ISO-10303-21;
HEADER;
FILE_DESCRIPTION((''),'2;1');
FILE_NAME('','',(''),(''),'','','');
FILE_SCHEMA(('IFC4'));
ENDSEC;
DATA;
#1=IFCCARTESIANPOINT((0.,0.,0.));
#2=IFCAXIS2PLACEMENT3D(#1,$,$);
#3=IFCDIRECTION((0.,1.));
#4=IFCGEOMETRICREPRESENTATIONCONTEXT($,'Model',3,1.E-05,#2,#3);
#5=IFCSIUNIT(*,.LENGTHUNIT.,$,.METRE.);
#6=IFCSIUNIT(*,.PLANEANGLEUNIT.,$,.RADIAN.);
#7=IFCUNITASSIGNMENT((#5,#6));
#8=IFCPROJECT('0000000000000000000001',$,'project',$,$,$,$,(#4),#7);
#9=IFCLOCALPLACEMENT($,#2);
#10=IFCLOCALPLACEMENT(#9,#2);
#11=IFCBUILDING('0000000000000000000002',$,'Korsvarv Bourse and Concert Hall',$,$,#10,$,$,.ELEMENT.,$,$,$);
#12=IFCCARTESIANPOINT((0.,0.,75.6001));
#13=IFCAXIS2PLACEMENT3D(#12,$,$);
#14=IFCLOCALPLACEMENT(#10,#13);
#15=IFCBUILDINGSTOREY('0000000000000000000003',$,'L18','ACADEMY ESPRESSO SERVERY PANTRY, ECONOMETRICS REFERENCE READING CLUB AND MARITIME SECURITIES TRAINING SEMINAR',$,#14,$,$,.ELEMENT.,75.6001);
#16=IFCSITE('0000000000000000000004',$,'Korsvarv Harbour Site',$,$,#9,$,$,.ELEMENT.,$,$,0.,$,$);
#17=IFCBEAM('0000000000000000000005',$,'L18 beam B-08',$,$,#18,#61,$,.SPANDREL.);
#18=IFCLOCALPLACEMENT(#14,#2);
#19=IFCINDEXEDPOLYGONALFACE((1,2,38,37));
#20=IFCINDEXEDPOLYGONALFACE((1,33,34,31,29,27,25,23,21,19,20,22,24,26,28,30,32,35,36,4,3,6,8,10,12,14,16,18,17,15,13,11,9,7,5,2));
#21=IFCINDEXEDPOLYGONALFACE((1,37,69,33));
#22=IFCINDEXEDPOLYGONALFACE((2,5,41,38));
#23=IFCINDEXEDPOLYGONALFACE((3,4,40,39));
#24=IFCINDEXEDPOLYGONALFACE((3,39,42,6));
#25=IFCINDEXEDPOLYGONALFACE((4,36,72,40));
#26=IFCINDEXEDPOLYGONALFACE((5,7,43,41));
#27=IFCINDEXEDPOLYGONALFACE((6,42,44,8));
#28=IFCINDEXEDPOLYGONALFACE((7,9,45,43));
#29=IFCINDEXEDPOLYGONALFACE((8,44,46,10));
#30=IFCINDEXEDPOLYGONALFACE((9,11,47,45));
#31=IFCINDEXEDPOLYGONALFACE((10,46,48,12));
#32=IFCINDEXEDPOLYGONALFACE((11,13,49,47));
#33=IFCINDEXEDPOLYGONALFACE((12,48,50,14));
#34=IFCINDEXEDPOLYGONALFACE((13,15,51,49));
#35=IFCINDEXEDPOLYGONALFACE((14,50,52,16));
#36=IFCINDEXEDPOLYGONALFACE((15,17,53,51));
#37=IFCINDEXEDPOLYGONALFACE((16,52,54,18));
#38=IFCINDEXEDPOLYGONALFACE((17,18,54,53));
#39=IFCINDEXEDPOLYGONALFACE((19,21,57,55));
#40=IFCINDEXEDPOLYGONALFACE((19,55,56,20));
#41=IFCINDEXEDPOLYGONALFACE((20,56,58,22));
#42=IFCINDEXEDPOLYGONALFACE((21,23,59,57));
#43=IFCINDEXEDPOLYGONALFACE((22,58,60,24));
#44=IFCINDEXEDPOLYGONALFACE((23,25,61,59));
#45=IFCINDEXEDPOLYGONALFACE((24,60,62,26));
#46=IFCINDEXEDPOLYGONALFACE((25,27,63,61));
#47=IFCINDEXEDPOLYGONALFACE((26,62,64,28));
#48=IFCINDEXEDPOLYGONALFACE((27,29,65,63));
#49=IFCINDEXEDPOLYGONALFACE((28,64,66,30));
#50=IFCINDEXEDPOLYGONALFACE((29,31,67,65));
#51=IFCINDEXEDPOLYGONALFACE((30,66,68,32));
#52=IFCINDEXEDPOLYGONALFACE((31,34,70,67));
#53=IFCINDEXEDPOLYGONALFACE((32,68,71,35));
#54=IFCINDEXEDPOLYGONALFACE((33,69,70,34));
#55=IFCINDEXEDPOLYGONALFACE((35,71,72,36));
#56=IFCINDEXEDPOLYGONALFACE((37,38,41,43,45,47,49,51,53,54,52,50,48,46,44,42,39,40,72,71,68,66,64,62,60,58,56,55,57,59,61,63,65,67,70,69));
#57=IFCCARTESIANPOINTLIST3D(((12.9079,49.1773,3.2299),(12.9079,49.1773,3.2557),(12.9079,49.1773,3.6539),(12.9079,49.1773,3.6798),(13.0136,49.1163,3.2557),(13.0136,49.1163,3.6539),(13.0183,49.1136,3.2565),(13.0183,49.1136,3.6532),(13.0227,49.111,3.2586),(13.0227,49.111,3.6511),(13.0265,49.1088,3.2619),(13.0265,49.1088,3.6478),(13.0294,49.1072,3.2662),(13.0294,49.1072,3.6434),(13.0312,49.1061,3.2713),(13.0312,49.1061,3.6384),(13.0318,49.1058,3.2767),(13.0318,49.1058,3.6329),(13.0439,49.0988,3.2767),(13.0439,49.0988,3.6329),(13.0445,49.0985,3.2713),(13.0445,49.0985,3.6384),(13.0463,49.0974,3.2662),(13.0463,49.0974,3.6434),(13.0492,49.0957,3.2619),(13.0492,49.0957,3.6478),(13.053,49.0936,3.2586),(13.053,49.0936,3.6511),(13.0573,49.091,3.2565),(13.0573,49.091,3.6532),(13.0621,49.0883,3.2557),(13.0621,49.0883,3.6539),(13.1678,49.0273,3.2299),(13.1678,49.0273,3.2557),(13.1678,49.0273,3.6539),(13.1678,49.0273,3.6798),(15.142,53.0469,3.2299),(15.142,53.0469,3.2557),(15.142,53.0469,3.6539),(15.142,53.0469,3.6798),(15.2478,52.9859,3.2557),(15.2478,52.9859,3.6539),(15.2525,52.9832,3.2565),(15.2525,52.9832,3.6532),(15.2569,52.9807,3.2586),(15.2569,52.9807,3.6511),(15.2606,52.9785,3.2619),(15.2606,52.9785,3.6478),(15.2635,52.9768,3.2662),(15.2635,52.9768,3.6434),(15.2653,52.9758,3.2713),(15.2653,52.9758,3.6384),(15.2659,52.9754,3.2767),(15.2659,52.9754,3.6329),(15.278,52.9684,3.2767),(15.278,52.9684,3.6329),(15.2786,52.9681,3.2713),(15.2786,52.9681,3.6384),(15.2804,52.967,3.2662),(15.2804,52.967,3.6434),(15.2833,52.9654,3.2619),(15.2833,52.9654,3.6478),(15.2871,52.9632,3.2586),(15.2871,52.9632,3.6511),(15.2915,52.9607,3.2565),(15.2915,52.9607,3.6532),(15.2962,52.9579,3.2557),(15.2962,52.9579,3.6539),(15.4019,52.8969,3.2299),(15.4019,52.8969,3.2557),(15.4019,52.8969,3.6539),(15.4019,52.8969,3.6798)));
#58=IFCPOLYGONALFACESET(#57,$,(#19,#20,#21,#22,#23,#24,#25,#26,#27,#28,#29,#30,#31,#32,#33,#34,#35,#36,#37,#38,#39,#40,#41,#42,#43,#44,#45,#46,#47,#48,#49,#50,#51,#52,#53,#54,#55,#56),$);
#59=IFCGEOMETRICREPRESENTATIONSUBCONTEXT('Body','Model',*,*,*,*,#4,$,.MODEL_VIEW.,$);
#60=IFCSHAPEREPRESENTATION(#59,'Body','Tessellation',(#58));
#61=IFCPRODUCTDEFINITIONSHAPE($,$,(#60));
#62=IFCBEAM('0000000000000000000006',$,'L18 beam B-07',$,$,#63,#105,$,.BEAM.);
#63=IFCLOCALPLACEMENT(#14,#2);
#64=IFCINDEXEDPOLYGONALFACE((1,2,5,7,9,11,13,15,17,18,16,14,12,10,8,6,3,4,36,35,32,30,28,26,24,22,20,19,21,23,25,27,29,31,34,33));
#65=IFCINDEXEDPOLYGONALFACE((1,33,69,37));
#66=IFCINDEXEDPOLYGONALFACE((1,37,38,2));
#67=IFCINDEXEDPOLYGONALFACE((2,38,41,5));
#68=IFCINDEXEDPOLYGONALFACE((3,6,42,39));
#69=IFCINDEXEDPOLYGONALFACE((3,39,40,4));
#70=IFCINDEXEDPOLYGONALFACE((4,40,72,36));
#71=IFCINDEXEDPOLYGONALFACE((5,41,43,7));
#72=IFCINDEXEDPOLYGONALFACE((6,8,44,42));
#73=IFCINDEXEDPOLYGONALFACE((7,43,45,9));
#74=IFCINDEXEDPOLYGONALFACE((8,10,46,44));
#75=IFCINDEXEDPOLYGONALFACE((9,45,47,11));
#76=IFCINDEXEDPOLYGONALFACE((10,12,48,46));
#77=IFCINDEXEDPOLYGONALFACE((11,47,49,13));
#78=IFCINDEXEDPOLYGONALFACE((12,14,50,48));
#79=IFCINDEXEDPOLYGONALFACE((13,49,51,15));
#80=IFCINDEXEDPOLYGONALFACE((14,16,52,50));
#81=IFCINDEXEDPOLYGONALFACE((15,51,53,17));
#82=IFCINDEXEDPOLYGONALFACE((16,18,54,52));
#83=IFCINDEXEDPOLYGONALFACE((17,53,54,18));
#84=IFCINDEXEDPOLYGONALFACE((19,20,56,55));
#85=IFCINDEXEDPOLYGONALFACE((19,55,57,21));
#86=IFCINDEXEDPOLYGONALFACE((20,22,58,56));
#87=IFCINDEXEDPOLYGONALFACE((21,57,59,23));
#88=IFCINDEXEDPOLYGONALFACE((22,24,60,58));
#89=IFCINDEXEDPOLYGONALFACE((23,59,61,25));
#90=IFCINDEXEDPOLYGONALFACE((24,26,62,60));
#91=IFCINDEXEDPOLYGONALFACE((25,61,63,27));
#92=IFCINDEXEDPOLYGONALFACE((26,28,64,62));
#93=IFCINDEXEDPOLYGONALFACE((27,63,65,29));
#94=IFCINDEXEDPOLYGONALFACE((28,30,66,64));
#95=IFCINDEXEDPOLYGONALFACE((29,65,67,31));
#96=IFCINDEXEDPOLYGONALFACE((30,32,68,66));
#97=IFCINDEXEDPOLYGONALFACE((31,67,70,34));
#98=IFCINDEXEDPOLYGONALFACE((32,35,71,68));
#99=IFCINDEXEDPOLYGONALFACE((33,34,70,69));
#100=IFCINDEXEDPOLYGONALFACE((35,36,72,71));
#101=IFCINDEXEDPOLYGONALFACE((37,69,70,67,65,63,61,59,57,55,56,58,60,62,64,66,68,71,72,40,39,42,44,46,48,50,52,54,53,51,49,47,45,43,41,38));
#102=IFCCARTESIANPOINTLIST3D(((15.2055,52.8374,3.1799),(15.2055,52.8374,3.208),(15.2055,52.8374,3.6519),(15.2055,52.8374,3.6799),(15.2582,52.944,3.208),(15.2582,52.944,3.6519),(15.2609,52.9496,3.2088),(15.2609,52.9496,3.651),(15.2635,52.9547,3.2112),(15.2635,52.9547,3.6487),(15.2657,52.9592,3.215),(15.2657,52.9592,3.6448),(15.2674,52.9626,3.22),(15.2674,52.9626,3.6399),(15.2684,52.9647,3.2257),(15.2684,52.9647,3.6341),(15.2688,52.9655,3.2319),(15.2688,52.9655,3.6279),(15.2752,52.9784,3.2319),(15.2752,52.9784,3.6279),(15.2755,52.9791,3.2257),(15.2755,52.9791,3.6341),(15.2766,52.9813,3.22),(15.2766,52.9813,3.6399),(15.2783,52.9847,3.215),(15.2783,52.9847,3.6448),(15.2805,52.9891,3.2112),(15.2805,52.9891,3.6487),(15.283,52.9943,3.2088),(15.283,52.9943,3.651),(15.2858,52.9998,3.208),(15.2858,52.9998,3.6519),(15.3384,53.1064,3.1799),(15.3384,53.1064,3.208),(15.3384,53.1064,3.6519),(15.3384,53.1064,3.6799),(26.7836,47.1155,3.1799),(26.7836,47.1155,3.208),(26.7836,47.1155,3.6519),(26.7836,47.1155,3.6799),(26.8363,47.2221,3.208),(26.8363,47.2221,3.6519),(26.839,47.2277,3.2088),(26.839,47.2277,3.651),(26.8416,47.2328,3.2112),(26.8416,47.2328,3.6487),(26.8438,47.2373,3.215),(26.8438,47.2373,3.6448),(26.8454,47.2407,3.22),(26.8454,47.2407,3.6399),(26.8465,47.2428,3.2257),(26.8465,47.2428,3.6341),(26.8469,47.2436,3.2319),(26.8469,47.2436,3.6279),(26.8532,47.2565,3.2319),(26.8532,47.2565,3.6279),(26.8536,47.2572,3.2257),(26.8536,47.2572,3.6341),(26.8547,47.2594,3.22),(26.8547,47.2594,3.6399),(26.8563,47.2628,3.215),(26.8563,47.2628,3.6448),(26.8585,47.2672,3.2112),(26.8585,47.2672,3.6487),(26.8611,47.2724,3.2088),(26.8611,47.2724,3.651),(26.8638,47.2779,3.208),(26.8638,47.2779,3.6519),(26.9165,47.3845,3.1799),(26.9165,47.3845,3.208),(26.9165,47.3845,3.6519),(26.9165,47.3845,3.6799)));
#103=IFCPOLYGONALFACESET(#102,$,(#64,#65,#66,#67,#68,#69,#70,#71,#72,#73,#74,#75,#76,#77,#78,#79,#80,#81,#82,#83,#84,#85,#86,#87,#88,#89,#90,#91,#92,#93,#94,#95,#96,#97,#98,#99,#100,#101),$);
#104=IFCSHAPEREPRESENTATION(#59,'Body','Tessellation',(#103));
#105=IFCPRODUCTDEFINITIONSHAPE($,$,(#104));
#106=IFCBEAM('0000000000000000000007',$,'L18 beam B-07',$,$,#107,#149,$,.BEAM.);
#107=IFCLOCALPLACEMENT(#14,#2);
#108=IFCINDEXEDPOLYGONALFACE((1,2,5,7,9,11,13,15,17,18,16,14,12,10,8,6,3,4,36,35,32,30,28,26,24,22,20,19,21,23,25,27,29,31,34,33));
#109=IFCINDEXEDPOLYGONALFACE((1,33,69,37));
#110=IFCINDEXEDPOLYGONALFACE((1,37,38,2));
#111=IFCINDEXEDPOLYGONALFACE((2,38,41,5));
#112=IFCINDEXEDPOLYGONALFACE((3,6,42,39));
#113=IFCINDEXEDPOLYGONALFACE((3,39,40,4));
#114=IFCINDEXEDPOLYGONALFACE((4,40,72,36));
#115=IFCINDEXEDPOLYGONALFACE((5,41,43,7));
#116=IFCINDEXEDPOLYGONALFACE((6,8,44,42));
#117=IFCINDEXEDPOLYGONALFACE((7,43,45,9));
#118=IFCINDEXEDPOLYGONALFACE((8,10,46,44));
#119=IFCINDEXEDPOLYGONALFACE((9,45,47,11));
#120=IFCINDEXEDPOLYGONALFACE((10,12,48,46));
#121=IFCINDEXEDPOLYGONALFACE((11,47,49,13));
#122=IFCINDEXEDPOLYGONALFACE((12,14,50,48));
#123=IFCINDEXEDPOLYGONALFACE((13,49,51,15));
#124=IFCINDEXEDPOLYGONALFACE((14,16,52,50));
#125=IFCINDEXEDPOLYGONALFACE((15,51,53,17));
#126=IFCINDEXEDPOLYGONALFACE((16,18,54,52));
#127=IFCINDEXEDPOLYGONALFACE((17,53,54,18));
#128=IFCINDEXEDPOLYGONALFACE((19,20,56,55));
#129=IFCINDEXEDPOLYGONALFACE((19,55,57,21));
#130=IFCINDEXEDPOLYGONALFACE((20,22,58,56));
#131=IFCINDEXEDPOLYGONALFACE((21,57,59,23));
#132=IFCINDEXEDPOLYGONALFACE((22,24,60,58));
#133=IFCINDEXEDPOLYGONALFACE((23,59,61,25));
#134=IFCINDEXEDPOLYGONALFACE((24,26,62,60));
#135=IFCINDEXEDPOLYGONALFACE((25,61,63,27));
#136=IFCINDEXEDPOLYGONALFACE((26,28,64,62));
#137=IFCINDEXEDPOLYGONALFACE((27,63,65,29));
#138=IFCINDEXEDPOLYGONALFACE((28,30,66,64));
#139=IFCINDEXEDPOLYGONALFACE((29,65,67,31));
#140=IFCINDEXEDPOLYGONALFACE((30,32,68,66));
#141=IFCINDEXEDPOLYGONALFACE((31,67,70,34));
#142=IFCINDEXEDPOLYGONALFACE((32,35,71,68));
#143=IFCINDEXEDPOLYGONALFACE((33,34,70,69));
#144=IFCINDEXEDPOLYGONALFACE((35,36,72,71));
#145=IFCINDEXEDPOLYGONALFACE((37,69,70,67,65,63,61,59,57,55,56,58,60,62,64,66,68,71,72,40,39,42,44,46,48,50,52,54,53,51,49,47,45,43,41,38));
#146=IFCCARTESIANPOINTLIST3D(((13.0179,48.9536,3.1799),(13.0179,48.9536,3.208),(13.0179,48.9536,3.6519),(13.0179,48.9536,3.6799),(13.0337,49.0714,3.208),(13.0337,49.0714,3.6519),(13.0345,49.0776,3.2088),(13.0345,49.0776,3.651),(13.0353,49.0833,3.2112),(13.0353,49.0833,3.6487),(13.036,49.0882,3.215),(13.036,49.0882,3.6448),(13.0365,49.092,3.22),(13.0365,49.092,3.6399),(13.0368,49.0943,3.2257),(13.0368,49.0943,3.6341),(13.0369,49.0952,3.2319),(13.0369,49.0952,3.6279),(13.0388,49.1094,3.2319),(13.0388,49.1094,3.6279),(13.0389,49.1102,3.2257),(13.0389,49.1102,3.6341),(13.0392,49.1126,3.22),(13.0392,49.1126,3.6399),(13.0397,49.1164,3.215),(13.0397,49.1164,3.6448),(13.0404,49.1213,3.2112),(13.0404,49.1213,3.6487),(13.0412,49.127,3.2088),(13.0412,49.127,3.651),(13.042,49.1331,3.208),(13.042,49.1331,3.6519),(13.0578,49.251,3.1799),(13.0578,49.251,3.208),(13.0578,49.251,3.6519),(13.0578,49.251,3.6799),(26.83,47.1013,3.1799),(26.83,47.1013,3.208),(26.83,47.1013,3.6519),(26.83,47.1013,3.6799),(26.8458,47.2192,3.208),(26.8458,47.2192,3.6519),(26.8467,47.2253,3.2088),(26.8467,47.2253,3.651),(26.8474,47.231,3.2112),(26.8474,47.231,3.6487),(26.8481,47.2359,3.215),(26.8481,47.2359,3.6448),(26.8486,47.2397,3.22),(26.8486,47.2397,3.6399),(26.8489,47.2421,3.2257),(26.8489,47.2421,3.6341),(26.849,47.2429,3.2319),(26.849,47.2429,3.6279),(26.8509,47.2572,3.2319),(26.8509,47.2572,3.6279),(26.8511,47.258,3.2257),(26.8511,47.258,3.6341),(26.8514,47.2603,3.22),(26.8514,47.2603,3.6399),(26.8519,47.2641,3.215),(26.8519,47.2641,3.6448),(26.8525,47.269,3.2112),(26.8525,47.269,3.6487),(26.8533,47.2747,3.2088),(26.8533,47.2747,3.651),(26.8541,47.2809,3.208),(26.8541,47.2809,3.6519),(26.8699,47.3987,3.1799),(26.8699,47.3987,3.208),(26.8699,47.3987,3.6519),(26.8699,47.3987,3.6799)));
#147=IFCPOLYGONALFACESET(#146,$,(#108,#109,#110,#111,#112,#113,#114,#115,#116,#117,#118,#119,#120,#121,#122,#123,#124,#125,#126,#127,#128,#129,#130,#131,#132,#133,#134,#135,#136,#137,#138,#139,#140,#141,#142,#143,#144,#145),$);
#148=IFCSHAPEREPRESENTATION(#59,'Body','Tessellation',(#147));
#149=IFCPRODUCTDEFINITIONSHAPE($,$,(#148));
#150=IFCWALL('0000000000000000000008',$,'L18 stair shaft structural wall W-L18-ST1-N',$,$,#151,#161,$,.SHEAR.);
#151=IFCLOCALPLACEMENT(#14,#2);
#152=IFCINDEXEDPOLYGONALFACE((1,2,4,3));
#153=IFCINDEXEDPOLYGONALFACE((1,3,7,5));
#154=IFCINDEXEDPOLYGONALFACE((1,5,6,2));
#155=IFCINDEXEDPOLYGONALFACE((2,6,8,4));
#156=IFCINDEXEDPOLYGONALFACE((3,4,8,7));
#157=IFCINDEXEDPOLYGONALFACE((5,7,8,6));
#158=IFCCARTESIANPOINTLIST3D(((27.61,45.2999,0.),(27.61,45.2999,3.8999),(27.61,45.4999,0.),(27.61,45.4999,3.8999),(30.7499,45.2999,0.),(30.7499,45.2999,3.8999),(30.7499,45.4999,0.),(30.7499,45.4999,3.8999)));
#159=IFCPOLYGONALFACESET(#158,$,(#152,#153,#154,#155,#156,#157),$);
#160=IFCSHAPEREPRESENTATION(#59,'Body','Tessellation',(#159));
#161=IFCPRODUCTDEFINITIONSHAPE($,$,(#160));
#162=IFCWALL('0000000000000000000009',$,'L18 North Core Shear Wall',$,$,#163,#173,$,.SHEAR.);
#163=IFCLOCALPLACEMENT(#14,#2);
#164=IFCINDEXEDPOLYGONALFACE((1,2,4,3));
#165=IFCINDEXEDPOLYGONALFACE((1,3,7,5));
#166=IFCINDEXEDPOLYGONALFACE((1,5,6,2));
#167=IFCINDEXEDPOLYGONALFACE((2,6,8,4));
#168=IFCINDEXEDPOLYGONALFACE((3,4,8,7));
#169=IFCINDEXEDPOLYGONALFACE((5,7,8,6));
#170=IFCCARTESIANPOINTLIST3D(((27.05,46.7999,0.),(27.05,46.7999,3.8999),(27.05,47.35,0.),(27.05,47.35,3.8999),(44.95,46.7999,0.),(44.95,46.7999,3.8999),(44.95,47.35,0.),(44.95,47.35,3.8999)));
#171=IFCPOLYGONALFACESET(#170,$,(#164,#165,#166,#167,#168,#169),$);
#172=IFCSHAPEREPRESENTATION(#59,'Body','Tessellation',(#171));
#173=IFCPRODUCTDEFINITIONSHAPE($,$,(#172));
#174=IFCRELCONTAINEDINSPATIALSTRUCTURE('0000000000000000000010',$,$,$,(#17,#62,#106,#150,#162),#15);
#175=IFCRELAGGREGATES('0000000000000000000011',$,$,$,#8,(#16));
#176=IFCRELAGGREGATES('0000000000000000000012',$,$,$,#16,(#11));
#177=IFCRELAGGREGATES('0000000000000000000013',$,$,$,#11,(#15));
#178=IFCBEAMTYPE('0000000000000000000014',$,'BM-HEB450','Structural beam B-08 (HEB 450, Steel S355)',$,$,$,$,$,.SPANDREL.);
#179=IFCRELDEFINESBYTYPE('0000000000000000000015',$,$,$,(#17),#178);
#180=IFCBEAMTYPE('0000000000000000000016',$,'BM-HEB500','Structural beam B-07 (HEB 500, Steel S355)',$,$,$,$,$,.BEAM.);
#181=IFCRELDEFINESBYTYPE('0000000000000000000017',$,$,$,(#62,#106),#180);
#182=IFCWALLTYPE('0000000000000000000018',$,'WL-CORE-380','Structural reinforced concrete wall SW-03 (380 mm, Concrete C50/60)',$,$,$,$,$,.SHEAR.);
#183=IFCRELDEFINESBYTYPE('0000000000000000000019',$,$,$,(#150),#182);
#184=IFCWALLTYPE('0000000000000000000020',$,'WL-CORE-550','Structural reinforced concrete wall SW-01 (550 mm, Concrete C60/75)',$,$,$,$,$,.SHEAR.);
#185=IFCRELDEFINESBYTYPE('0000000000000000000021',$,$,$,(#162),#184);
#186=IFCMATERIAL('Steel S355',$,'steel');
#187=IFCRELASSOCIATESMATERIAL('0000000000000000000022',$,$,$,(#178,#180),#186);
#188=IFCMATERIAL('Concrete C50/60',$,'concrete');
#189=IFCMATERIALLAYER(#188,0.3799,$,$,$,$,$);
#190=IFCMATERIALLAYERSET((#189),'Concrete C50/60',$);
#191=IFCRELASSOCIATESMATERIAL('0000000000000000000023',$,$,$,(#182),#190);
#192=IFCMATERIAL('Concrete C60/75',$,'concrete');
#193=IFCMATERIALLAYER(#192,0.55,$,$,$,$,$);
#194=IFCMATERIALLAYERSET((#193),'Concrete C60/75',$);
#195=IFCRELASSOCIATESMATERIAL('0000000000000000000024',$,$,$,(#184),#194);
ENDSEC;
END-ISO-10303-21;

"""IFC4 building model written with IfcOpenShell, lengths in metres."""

from ifc_helpers import new_model, si_unit, direction, frame, frame_2d, origin, origin_2d, place, context, subcontext, project, spatial, rectangle, i_section, extrude, source, transform, mapped, material, layer, layer_set, material_profile, profile_set, type_object, element, save


model = new_model("IFC4")

# Units and contexts
model_context = context("Model", 3, precision=1e-05, world=origin(), true_north=direction((0.0, 1.0)))
body_context = subcontext(model_context, "Body", "Model", "MODEL_VIEW")
ifc_project = project(units=[si_unit("LENGTHUNIT", "METRE"), si_unit("PLANEANGLEUNIT", "RADIAN")], contexts=[model_context])

# Site, building, storey
site_placement = place(None, origin())
site = spatial("IfcSite", under=ifc_project, at=site_placement, Name="Korsvarv Harbour Site", CompositionType="ELEMENT", RefElevation=0.0)
building_placement = place(site_placement, origin())
building = spatial("IfcBuilding", under=site, at=building_placement, Name="Korsvarv Bourse and Concert Hall", CompositionType="ELEMENT")
storey_placement = place(building_placement, frame((0.0, 0.0, 75.6001)))
storey = spatial("IfcBuildingStorey", under=building, at=storey_placement, Name="L18", Description="ACADEMY ESPRESSO SERVERY PANTRY, ECONOMETRICS REFERENCE READING CLUB AND MARITIME SECURITIES TRAINING SEMINAR", CompositionType="ELEMENT", Elevation=75.6001)

# Shared definitions
ifc_material_1 = material(Name="Concrete C60/75", Category="concrete")

# Beams
ifc_material_2 = material(Name="Steel S355", Category="steel")
ifc_material_profile_1 = material_profile(ifc_material_2, i_section(OverallWidth=0.3, OverallDepth=0.45, WebThickness=0.0139, FlangeThickness=0.0259, FilletRadius=0.021, at=origin_2d()), Name="HEB 450")
ifc_profile_set_1 = profile_set([ifc_material_profile_1], Name="Steel S355")
beam_type_1 = type_object("IfcBeamType", Name="BM-HEB450", Description="Structural beam B-08 (HEB 450, Steel S355)", PredefinedType="SPANDREL", material=ifc_profile_set_1)
shared_shape_1 = source(origin(), body_context, "Body", "SweptSolid", [
    extrude(i_section(OverallWidth=0.3, OverallDepth=0.45, WebThickness=0.0139, FlangeThickness=0.0259, FilletRadius=0.021, at=origin_2d()), origin(), (0.0, 0.0, 1.0), 4.4683),
])
beam_1_placement = place(storey_placement, frame((15.272, 52.9719, 3.4548), z_axis=(-0.5, -0.866025, 0.0), x_axis=(0.866025, -0.5, 0.0)))
element("IfcBeam", 1, at=beam_1_placement, inside=storey, type_object=beam_type_1, Name="L18 beam B-08", PredefinedType="SPANDREL", context=body_context, shape_type="MappedRepresentation", body=[
    mapped(shared_shape_1, transform((0.0, 0.0, 0.0), scale=1.0)),
])
ifc_material_profile_2 = material_profile(ifc_material_2, i_section(OverallWidth=0.3, OverallDepth=0.5, WebThickness=0.0144, FlangeThickness=0.0281, FilletRadius=0.0239, at=origin_2d()), Name="HEB 500")
ifc_profile_set_2 = profile_set([ifc_material_profile_2], Name="Steel S355")
beam_type_2 = type_object("IfcBeamType", Name="BM-HEB500", Description="Structural beam B-07 (HEB 500, Steel S355)", PredefinedType="BEAM", material=ifc_profile_set_2)
shared_shape_2 = source(origin(), body_context, "Body", "SweptSolid", [
    extrude(i_section(OverallWidth=0.3, OverallDepth=0.5, WebThickness=0.0144, FlangeThickness=0.0281, FilletRadius=0.0239, at=origin_2d()), origin(), (0.0, 0.0, 1.0), 12.9148),
])
beam_2_placement = place(storey_placement, frame((15.272, 52.9719, 3.4299), z_axis=(0.896497, -0.44305, 0.0), x_axis=(0.44305, 0.896497, 0.0)))
element("IfcBeam", 2, at=beam_2_placement, inside=storey, type_object=beam_type_2, Name="L18 beam B-07", PredefinedType="BEAM", context=body_context, shape_type="MappedRepresentation", body=[
    mapped(shared_shape_2, transform((0.0, 0.0, 0.0), scale=1.0)),
])
shared_shape_3 = source(origin(), body_context, "Body", "SweptSolid", [
    extrude(i_section(OverallWidth=0.3, OverallDepth=0.5, WebThickness=0.0144, FlangeThickness=0.0281, FilletRadius=0.0239, at=origin_2d()), origin(), (0.0, 0.0, 1.0), 13.9358),
])
beam_3_placement = place(storey_placement, frame((13.0378, 49.1023, 3.4299), z_axis=(0.991127, -0.132915, 0.0), x_axis=(0.132915, 0.991127, 0.0)))
element("IfcBeam", 3, at=beam_3_placement, inside=storey, type_object=beam_type_2, Name="L18 beam B-07", PredefinedType="BEAM", context=body_context, shape_type="MappedRepresentation", body=[
    mapped(shared_shape_3, transform((0.0, 0.0, 0.0), scale=1.0)),
])

# Walls
ifc_material_3 = material(Name="Concrete C50/60", Category="concrete")
ifc_layer_1 = layer(ifc_material_3, 0.3799)
ifc_layer_set_1 = layer_set([ifc_layer_1], Name="Concrete C50/60")
wall_type_1 = type_object("IfcWallType", Name="WL-CORE-380", Description="Structural reinforced concrete wall SW-03 (380 mm, Concrete C50/60)", PredefinedType="SHEAR", material=ifc_layer_set_1)
wall_1_placement = place(storey_placement, frame((27.6101, 45.3999, 0.0), z_axis=(0.0, 0.0, 1.0), x_axis=(1.0, 0.0, 0.0)))
element("IfcWall", 4, at=wall_1_placement, inside=storey, type_object=wall_type_1, Name="L18 stair shaft structural wall W-L18-ST1-N", PredefinedType="SHEAR", context=body_context, shape_type="SweptSolid", body=[
    extrude(rectangle(XDim=3.1399, YDim=0.2, at=frame_2d((1.5698, 0.0))), origin(), (0.0, 0.0, 1.0), 3.8999),
])
ifc_layer_2 = layer(ifc_material_1, 0.55)
ifc_layer_set_2 = layer_set([ifc_layer_2], Name="Concrete C60/75")
wall_type_2 = type_object("IfcWallType", Name="WL-CORE-550", Description="Structural reinforced concrete wall SW-01 (550 mm, Concrete C60/75)", PredefinedType="SHEAR", material=ifc_layer_set_2)
wall_2_placement = place(storey_placement, frame((27.05, 47.075, 0.0), z_axis=(0.0, 0.0, 1.0), x_axis=(1.0, 0.0, 0.0)))
element("IfcWall", 5, at=wall_2_placement, inside=storey, type_object=wall_type_2, Name="L18 North Core Shear Wall", PredefinedType="SHEAR", context=body_context, shape_type="SweptSolid", body=[
    extrude(rectangle(XDim=17.8999, YDim=0.55, at=frame_2d((8.95, 0.0))), origin(), (0.0, 0.0, 1.0), 3.8999),
])

save(model, "model.ifc")
